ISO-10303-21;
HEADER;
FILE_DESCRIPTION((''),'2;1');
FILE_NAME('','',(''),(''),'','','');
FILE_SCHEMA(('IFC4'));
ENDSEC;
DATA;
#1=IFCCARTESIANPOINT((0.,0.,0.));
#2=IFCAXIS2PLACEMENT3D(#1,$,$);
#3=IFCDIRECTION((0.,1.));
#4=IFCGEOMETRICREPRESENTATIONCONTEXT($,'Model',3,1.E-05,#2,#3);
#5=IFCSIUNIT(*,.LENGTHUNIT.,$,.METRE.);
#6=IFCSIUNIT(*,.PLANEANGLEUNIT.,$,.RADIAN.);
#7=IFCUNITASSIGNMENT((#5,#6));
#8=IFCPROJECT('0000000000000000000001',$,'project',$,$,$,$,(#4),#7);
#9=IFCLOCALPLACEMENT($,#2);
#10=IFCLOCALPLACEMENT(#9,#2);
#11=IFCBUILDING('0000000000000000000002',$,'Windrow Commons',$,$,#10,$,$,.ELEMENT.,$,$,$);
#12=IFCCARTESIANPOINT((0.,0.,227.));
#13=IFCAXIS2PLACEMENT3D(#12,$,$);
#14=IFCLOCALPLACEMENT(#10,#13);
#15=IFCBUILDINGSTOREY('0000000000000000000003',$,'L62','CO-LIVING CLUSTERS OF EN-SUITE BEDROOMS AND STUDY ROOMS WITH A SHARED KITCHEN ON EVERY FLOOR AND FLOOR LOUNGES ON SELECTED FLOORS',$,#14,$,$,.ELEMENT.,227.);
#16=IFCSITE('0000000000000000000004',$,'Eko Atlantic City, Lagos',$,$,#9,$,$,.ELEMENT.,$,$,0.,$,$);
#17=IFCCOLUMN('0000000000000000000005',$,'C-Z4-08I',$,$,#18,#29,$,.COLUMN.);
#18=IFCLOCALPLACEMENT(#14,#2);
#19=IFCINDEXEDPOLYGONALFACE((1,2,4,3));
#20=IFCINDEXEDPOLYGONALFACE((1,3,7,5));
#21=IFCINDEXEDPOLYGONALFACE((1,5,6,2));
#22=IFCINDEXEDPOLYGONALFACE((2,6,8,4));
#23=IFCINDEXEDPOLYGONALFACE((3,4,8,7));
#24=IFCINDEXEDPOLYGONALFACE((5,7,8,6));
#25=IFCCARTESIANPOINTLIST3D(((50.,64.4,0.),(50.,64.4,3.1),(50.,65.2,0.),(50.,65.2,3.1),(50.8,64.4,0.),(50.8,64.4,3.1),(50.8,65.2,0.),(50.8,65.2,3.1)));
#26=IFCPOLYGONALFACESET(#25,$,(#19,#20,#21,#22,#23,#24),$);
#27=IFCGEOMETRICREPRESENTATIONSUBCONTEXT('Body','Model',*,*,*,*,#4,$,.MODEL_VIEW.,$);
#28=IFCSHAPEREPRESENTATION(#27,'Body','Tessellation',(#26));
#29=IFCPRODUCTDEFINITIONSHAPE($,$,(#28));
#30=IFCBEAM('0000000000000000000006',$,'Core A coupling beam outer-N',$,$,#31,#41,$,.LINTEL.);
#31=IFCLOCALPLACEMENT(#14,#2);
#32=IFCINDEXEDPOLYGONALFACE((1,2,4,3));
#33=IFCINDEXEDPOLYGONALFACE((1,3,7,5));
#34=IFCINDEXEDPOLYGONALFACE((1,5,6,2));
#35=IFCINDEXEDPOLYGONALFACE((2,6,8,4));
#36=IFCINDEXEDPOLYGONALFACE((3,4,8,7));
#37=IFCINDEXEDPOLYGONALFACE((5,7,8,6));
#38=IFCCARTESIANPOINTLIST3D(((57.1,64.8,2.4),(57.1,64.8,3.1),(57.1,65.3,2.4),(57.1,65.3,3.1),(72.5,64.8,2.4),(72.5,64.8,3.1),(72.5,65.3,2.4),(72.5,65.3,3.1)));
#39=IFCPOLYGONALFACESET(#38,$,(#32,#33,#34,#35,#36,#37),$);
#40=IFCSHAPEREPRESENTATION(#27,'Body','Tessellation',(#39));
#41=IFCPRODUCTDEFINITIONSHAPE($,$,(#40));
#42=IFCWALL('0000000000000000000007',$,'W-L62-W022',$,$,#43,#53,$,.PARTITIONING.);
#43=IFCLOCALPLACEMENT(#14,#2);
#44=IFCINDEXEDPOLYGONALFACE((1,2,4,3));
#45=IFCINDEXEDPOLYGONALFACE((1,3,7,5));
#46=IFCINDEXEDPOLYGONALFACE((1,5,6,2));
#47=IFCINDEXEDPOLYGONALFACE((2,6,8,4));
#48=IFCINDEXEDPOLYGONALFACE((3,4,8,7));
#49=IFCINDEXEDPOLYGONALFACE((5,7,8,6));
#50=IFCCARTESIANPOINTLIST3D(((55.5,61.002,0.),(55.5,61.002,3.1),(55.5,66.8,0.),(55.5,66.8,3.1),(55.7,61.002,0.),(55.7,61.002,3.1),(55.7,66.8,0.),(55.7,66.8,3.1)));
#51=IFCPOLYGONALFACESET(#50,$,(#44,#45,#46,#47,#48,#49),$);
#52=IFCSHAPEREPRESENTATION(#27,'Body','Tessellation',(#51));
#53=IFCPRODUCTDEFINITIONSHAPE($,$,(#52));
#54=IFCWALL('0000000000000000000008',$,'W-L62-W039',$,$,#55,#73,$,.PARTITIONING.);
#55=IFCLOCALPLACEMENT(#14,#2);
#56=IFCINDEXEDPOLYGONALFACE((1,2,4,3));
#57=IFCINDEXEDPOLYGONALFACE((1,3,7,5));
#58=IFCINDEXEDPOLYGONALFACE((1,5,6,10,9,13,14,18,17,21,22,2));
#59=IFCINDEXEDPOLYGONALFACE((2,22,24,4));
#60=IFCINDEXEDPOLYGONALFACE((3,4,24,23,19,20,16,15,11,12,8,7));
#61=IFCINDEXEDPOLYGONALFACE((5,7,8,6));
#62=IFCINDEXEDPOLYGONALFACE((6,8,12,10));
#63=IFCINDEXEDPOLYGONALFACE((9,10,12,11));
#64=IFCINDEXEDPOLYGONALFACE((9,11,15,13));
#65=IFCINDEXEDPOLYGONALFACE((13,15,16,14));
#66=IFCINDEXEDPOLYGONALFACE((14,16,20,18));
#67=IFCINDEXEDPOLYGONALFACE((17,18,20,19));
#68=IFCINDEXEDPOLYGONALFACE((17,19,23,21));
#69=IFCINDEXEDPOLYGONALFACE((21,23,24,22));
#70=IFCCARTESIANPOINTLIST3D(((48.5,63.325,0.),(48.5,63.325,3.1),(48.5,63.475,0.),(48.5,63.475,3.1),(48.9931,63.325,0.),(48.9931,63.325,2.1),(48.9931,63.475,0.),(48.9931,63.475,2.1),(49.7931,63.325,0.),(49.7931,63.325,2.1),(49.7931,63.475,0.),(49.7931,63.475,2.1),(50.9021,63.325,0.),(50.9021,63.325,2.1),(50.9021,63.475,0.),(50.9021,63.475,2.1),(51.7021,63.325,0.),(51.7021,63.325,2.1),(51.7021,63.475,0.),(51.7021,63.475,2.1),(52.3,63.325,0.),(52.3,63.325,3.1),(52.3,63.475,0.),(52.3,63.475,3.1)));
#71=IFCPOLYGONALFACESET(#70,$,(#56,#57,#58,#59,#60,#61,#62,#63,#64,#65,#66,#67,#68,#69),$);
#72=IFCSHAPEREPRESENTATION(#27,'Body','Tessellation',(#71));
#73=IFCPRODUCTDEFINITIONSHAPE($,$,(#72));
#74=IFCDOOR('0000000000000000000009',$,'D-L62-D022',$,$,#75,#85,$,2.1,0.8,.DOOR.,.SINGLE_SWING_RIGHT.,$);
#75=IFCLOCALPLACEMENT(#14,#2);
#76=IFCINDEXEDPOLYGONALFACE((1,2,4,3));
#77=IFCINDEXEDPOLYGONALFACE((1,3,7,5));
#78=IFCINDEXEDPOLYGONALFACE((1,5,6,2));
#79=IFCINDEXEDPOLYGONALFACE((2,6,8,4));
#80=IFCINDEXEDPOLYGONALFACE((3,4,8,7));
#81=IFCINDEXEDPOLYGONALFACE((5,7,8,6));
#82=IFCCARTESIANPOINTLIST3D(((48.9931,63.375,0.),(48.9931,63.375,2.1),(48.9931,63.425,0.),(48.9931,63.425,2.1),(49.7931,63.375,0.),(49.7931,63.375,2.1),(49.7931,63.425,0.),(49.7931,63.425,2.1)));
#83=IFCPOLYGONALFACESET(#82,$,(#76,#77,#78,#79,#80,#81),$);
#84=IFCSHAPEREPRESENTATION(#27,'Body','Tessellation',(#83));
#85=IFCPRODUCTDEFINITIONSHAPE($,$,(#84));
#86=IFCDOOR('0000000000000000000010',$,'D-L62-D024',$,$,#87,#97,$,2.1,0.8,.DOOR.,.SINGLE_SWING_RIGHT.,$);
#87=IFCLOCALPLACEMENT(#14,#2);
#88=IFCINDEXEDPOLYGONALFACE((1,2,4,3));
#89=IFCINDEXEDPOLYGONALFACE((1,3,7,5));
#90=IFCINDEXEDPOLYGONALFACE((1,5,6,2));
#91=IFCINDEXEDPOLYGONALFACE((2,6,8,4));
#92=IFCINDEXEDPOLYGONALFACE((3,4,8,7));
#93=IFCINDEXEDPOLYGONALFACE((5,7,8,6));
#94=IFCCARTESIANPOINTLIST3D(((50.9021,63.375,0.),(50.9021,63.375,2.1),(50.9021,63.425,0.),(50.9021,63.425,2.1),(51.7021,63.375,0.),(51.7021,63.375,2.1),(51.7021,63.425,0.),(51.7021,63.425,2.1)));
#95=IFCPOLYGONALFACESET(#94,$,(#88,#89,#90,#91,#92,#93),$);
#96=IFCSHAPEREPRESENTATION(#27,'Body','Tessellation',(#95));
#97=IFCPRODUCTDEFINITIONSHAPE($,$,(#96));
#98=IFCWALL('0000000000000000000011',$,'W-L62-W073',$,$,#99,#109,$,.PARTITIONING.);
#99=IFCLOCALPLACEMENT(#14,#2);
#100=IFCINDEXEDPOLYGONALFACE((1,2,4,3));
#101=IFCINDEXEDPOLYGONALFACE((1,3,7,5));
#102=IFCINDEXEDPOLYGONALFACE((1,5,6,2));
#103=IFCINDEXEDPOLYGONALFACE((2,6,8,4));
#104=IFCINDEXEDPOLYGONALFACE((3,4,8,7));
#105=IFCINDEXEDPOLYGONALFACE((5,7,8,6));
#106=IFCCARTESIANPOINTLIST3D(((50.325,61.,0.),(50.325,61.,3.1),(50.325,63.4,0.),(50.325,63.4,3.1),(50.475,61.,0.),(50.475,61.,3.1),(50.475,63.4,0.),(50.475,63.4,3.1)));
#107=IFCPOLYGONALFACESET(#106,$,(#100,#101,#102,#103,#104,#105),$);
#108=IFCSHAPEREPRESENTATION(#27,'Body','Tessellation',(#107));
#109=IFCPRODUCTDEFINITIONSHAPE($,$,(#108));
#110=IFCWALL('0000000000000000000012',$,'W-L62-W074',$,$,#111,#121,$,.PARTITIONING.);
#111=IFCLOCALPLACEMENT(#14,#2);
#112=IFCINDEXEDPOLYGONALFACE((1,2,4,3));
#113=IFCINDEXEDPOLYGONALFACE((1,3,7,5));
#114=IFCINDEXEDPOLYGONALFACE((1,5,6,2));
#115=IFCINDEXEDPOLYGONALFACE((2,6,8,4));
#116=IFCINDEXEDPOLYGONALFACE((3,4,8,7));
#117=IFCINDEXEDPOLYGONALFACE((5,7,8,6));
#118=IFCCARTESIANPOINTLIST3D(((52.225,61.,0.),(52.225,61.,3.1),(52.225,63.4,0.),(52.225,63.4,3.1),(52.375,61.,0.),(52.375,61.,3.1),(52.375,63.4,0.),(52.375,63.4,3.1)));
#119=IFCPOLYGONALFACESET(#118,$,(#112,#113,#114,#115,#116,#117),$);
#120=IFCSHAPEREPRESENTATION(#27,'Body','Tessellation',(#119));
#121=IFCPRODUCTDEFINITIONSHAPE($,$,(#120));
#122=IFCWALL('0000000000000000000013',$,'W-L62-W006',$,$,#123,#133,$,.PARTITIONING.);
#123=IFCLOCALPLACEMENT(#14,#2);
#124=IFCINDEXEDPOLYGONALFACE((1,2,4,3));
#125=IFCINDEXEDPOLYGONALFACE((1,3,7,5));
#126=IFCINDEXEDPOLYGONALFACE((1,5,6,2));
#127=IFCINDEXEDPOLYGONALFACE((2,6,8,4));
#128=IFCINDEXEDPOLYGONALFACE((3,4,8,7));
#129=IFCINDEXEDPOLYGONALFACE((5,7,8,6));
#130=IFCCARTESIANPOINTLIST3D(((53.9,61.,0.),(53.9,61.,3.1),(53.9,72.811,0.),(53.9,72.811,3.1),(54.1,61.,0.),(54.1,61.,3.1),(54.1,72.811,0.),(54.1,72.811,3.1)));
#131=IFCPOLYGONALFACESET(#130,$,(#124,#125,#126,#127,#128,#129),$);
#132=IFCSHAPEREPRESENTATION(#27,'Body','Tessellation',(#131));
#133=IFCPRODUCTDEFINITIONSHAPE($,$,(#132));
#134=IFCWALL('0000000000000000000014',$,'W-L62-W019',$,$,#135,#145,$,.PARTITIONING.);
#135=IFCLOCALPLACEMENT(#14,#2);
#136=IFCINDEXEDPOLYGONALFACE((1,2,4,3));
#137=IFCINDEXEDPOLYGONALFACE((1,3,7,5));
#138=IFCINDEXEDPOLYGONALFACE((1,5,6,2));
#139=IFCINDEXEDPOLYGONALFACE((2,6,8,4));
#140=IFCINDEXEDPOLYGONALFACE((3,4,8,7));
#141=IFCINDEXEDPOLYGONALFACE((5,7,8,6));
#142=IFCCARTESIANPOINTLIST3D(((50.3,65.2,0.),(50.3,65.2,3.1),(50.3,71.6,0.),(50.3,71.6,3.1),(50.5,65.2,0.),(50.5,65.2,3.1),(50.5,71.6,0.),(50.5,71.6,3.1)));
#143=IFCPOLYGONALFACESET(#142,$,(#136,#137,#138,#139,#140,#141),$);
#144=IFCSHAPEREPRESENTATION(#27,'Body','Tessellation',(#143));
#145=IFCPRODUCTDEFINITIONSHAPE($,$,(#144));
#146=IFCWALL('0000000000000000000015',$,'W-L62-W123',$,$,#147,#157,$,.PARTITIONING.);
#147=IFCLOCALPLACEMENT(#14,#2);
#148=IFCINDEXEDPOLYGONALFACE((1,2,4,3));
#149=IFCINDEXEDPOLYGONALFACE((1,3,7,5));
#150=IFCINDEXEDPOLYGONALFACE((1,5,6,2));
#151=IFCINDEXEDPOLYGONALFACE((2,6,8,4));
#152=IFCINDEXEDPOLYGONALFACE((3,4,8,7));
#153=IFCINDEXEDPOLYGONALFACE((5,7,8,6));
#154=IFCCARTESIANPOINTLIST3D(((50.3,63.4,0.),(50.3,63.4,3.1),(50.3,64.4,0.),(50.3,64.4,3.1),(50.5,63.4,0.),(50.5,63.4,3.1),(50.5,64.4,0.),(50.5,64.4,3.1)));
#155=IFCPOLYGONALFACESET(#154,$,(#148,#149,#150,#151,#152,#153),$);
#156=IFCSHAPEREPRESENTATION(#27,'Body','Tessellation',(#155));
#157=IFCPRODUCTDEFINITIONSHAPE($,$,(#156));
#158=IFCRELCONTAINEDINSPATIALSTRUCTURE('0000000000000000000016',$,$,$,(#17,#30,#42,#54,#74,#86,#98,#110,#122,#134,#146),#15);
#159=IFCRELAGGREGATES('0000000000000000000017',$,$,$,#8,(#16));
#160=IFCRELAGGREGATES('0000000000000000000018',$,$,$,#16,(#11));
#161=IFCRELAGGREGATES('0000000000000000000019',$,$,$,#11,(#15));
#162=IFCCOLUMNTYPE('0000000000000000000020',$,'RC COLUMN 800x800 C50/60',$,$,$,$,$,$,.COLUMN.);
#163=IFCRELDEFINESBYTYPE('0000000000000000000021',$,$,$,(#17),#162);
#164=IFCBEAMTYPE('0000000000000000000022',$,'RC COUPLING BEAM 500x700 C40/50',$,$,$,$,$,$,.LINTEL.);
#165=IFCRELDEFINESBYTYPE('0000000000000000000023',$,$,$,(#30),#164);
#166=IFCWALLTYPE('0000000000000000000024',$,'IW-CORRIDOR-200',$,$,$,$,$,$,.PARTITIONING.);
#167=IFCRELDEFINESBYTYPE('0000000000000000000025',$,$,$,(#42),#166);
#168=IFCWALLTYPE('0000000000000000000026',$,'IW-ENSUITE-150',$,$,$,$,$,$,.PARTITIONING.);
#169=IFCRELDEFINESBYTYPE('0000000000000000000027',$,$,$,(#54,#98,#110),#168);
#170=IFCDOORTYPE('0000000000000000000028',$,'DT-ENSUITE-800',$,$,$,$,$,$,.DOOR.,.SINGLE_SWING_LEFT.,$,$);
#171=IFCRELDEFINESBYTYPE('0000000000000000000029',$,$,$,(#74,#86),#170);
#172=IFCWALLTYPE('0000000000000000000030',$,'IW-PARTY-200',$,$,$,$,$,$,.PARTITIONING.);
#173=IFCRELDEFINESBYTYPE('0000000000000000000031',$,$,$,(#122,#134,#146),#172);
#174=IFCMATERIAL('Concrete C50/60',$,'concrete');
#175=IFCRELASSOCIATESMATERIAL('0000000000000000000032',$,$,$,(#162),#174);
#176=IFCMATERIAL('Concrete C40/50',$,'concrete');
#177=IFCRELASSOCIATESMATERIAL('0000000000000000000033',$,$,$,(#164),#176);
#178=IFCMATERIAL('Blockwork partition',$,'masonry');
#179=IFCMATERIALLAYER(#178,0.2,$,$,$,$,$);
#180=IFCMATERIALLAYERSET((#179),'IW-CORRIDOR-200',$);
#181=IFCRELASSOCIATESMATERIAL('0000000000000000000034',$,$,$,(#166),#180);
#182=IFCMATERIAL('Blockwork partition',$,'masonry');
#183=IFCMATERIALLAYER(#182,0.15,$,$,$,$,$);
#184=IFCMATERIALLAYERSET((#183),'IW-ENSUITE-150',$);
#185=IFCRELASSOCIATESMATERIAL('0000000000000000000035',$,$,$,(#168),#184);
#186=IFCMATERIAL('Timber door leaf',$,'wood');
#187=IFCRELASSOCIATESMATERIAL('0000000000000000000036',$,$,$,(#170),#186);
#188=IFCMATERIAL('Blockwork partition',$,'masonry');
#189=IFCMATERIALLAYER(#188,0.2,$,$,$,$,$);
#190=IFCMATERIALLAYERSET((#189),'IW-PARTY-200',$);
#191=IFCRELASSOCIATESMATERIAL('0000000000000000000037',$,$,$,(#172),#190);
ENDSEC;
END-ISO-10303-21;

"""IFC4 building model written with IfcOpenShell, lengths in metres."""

from ifc_helpers import new_model, si_unit, direction, frame, frame_2d, origin, origin_2d, place, context, subcontext, project, spatial, rectangle, extrude, material, layer, layer_set, material_profile, profile_set, type_object, element, fill, save


model = new_model("IFC4")

# Units and contexts
model_context = context("Model", 3, precision=1e-05, world=origin(), true_north=direction((0.0, 1.0)))
body_context = subcontext(model_context, "Body", "Model", "MODEL_VIEW")
ifc_project = project(units=[si_unit("LENGTHUNIT", "METRE"), si_unit("PLANEANGLEUNIT", "RADIAN")], contexts=[model_context])

# Site, building, storey
site_placement = place(None, origin())
site = spatial("IfcSite", under=ifc_project, at=site_placement, Name="Eko Atlantic City, Lagos", CompositionType="ELEMENT", RefElevation=0.0)
building_placement = place(site_placement, origin())
building = spatial("IfcBuilding", under=site, at=building_placement, Name="Windrow Commons", CompositionType="ELEMENT")
storey_placement = place(building_placement, frame((0.0, 0.0, 227.0)))
storey = spatial("IfcBuildingStorey", under=building, at=storey_placement, Name="L62", Description="CO-LIVING CLUSTERS OF EN-SUITE BEDROOMS AND STUDY ROOMS WITH A SHARED KITCHEN ON EVERY FLOOR AND FLOOR LOUNGES ON SELECTED FLOORS", CompositionType="ELEMENT", Elevation=227.0)

# Column
ifc_material_1 = material(Name="Concrete C50/60", Category="concrete")
ifc_material_profile_1 = material_profile(ifc_material_1, rectangle(XDim=0.8, YDim=0.8, at=origin_2d()))
ifc_profile_set_1 = profile_set([ifc_material_profile_1], Name="Concrete C50/60")
column_type = type_object("IfcColumnType", Name="RC COLUMN 800x800 C50/60", PredefinedType="COLUMN", material=ifc_profile_set_1)
column_placement = place(storey_placement, frame((50.4, 64.8, 0.0), z_axis=(0.0, 0.0, 1.0), x_axis=(1.0, 0.0, 0.0)))
element("IfcColumn", 1, at=column_placement, inside=storey, type_object=column_type, Name="C-Z4-08I", PredefinedType="COLUMN", context=body_context, shape_type="SweptSolid", body=[
    extrude(rectangle(XDim=0.8, YDim=0.8, at=origin_2d()), origin(), (0.0, 0.0, 1.0), 3.1),
])

# Beam
ifc_material_2 = material(Name="Concrete C40/50", Category="concrete")
ifc_material_profile_2 = material_profile(ifc_material_2, rectangle(XDim=0.5, YDim=0.7, at=origin_2d()))
ifc_profile_set_2 = profile_set([ifc_material_profile_2], Name="Concrete C40/50")
beam_type = type_object("IfcBeamType", Name="RC COUPLING BEAM 500x700 C40/50", PredefinedType="LINTEL", material=ifc_profile_set_2)
beam_placement = place(storey_placement, frame((57.1, 65.05, 2.75), z_axis=(1.0, 0.0, 0.0), x_axis=(0.0, 1.0, 0.0)))
element("IfcBeam", 2, at=beam_placement, inside=storey, type_object=beam_type, Name="Core A coupling beam outer-N", PredefinedType="LINTEL", context=body_context, shape_type="SweptSolid", body=[
    extrude(rectangle(XDim=0.5, YDim=0.7, at=origin_2d()), origin(), (0.0, 0.0, 1.0), 15.4),
])

# Wall
ifc_material_3 = material(Name="Blockwork partition", Category="masonry")
ifc_layer_1 = layer(ifc_material_3, 0.2)
ifc_layer_set_1 = layer_set([ifc_layer_1], Name="IW-CORRIDOR-200")
wall_type_1 = type_object("IfcWallType", Name="IW-CORRIDOR-200", PredefinedType="PARTITIONING", material=ifc_layer_set_1)
wall_1_placement = place(storey_placement, frame((55.6, 61.002, 0.0), z_axis=(0.0, 0.0, 1.0), x_axis=(0.0, 1.0, 0.0)))
element("IfcWall", 3, at=wall_1_placement, inside=storey, type_object=wall_type_1, Name="W-L62-W022", PredefinedType="PARTITIONING", context=body_context, shape_type="SweptSolid", body=[
    extrude(rectangle(XDim=5.798, YDim=0.2, at=frame_2d((2.899, 0.0))), origin(), (0.0, 0.0, 1.0), 3.1),
])

# Wall, openings, doors
ifc_material_4 = material(Name="Blockwork partition", Category="masonry")
ifc_layer_2 = layer(ifc_material_4, 0.15)
ifc_layer_set_2 = layer_set([ifc_layer_2], Name="IW-ENSUITE-150")
wall_type_2 = type_object("IfcWallType", Name="IW-ENSUITE-150", PredefinedType="PARTITIONING", material=ifc_layer_set_2)
wall_2_placement = place(storey_placement, frame((48.5, 63.4, 0.0), z_axis=(0.0, 0.0, 1.0), x_axis=(1.0, 0.0, 0.0)))
wall_2 = element("IfcWall", 4, at=wall_2_placement, inside=storey, type_object=wall_type_2, Name="W-L62-W039", PredefinedType="PARTITIONING", context=body_context, shape_type="SweptSolid", body=[
    extrude(rectangle(XDim=3.8, YDim=0.15, at=frame_2d((1.9, 0.0))), origin(), (0.0, 0.0, 1.0), 3.1),
])
opening_1_placement = place(wall_2_placement, frame((0.4931, 0.0, 0.0)))
opening_1 = element("IfcOpeningElement", 5, at=opening_1_placement, cuts=wall_2, PredefinedType="OPENING", context=body_context, shape_type="SweptSolid", body=[
    extrude(rectangle(XDim=0.8, YDim=2.1, at=frame_2d((0.4, 1.05))), frame((0.0, 0.085, 0.0), z_axis=(0.0, -1.0, 0.0), x_axis=(1.0, 0.0, 0.0)), (0.0, 0.0, 1.0), 0.17),
])
opening_2_placement = place(wall_2_placement, frame((2.4021, 0.0, 0.0)))
opening_2 = element("IfcOpeningElement", 6, at=opening_2_placement, cuts=wall_2, PredefinedType="OPENING", context=body_context, shape_type="SweptSolid", body=[
    extrude(rectangle(XDim=0.8, YDim=2.1, at=frame_2d((0.4, 1.05))), frame((0.0, 0.085, 0.0), z_axis=(0.0, -1.0, 0.0), x_axis=(1.0, 0.0, 0.0)), (0.0, 0.0, 1.0), 0.17),
])
ifc_material_5 = material(Name="Timber door leaf", Category="wood")
door_type_1 = type_object("IfcDoorType", Name="DT-ENSUITE-800", OperationType="SINGLE_SWING_LEFT", PredefinedType="DOOR", material=ifc_material_5)
door_1_placement = place(opening_1_placement, origin())
door_1 = element("IfcDoor", 7, at=door_1_placement, inside=storey, type_object=door_type_1, Name="D-L62-D022", OperationType="SINGLE_SWING_RIGHT", OverallHeight=2.1, OverallWidth=0.8, PredefinedType="DOOR", context=body_context, shape_type="SweptSolid", body=[
    extrude(rectangle(XDim=0.8, YDim=2.1, at=frame_2d((0.4, 1.05))), frame((0.0, 0.025, 0.0), z_axis=(0.0, -1.0, 0.0), x_axis=(1.0, 0.0, 0.0)), (0.0, 0.0, 1.0), 0.05),
])
fill(opening_1, door_1)
door_2_placement = place(opening_2_placement, origin())
door_2 = element("IfcDoor", 8, at=door_2_placement, inside=storey, type_object=door_type_1, Name="D-L62-D024", OperationType="SINGLE_SWING_RIGHT", OverallHeight=2.1, OverallWidth=0.8, PredefinedType="DOOR", context=body_context, shape_type="SweptSolid", body=[
    extrude(rectangle(XDim=0.8, YDim=2.1, at=frame_2d((0.4, 1.05))), frame((0.0, 0.025, 0.0), z_axis=(0.0, -1.0, 0.0), x_axis=(1.0, 0.0, 0.0)), (0.0, 0.0, 1.0), 0.05),
])
fill(opening_2, door_2)

# Walls
for number, where, z_axis, x_axis, name in (
    (9, (50.4, 61.0, 0.0), (0.0, 0.0, 1.0), (0.0, 1.0, 0.0), "W-L62-W073"),
    (10, (52.3, 61.0, 0.0), (0.0, 0.0, 1.0), (0.0, 1.0, 0.0), "W-L62-W074"),
):
    element("IfcWall", number, at=place(storey_placement, frame(where, z_axis=z_axis, x_axis=x_axis)), inside=storey, type_object=wall_type_2, Name=name, PredefinedType="PARTITIONING", context=body_context, shape_type="SweptSolid", body=[
        extrude(rectangle(XDim=2.4, YDim=0.15, at=frame_2d((1.2, 0.0))), origin(), (0.0, 0.0, 1.0), 3.1),
    ])
ifc_material_6 = material(Name="Blockwork partition", Category="masonry")
ifc_layer_3 = layer(ifc_material_6, 0.2)
ifc_layer_set_3 = layer_set([ifc_layer_3], Name="IW-PARTY-200")
wall_type_3 = type_object("IfcWallType", Name="IW-PARTY-200", PredefinedType="PARTITIONING", material=ifc_layer_set_3)
wall_3_placement = place(storey_placement, frame((54.0, 61.0, 0.0), z_axis=(0.0, 0.0, 1.0), x_axis=(0.0, 1.0, 0.0)))
element("IfcWall", 11, at=wall_3_placement, inside=storey, type_object=wall_type_3, Name="W-L62-W006", PredefinedType="PARTITIONING", context=body_context, shape_type="SweptSolid", body=[
    extrude(rectangle(XDim=11.8109, YDim=0.2, at=frame_2d((5.9055, 0.0))), origin(), (0.0, 0.0, 1.0), 3.1),
])
wall_4_placement = place(storey_placement, frame((50.4, 65.2, 0.0), z_axis=(0.0, 0.0, 1.0), x_axis=(0.0, 1.0, 0.0)))
element("IfcWall", 12, at=wall_4_placement, inside=storey, type_object=wall_type_3, Name="W-L62-W019", PredefinedType="PARTITIONING", context=body_context, shape_type="SweptSolid", body=[
    extrude(rectangle(XDim=6.4, YDim=0.2, at=frame_2d((3.2, 0.0))), origin(), (0.0, 0.0, 1.0), 3.1),
])
wall_5_placement = place(storey_placement, frame((50.4, 63.4, 0.0), z_axis=(0.0, 0.0, 1.0), x_axis=(0.0, 1.0, 0.0)))
element("IfcWall", 13, at=wall_5_placement, inside=storey, type_object=wall_type_3, Name="W-L62-W123", PredefinedType="PARTITIONING", context=body_context, shape_type="SweptSolid", body=[
    extrude(rectangle(XDim=1.0, YDim=0.2, at=frame_2d((0.5, 0.0))), origin(), (0.0, 0.0, 1.0), 3.1),
])

save(model, "model.ifc")
